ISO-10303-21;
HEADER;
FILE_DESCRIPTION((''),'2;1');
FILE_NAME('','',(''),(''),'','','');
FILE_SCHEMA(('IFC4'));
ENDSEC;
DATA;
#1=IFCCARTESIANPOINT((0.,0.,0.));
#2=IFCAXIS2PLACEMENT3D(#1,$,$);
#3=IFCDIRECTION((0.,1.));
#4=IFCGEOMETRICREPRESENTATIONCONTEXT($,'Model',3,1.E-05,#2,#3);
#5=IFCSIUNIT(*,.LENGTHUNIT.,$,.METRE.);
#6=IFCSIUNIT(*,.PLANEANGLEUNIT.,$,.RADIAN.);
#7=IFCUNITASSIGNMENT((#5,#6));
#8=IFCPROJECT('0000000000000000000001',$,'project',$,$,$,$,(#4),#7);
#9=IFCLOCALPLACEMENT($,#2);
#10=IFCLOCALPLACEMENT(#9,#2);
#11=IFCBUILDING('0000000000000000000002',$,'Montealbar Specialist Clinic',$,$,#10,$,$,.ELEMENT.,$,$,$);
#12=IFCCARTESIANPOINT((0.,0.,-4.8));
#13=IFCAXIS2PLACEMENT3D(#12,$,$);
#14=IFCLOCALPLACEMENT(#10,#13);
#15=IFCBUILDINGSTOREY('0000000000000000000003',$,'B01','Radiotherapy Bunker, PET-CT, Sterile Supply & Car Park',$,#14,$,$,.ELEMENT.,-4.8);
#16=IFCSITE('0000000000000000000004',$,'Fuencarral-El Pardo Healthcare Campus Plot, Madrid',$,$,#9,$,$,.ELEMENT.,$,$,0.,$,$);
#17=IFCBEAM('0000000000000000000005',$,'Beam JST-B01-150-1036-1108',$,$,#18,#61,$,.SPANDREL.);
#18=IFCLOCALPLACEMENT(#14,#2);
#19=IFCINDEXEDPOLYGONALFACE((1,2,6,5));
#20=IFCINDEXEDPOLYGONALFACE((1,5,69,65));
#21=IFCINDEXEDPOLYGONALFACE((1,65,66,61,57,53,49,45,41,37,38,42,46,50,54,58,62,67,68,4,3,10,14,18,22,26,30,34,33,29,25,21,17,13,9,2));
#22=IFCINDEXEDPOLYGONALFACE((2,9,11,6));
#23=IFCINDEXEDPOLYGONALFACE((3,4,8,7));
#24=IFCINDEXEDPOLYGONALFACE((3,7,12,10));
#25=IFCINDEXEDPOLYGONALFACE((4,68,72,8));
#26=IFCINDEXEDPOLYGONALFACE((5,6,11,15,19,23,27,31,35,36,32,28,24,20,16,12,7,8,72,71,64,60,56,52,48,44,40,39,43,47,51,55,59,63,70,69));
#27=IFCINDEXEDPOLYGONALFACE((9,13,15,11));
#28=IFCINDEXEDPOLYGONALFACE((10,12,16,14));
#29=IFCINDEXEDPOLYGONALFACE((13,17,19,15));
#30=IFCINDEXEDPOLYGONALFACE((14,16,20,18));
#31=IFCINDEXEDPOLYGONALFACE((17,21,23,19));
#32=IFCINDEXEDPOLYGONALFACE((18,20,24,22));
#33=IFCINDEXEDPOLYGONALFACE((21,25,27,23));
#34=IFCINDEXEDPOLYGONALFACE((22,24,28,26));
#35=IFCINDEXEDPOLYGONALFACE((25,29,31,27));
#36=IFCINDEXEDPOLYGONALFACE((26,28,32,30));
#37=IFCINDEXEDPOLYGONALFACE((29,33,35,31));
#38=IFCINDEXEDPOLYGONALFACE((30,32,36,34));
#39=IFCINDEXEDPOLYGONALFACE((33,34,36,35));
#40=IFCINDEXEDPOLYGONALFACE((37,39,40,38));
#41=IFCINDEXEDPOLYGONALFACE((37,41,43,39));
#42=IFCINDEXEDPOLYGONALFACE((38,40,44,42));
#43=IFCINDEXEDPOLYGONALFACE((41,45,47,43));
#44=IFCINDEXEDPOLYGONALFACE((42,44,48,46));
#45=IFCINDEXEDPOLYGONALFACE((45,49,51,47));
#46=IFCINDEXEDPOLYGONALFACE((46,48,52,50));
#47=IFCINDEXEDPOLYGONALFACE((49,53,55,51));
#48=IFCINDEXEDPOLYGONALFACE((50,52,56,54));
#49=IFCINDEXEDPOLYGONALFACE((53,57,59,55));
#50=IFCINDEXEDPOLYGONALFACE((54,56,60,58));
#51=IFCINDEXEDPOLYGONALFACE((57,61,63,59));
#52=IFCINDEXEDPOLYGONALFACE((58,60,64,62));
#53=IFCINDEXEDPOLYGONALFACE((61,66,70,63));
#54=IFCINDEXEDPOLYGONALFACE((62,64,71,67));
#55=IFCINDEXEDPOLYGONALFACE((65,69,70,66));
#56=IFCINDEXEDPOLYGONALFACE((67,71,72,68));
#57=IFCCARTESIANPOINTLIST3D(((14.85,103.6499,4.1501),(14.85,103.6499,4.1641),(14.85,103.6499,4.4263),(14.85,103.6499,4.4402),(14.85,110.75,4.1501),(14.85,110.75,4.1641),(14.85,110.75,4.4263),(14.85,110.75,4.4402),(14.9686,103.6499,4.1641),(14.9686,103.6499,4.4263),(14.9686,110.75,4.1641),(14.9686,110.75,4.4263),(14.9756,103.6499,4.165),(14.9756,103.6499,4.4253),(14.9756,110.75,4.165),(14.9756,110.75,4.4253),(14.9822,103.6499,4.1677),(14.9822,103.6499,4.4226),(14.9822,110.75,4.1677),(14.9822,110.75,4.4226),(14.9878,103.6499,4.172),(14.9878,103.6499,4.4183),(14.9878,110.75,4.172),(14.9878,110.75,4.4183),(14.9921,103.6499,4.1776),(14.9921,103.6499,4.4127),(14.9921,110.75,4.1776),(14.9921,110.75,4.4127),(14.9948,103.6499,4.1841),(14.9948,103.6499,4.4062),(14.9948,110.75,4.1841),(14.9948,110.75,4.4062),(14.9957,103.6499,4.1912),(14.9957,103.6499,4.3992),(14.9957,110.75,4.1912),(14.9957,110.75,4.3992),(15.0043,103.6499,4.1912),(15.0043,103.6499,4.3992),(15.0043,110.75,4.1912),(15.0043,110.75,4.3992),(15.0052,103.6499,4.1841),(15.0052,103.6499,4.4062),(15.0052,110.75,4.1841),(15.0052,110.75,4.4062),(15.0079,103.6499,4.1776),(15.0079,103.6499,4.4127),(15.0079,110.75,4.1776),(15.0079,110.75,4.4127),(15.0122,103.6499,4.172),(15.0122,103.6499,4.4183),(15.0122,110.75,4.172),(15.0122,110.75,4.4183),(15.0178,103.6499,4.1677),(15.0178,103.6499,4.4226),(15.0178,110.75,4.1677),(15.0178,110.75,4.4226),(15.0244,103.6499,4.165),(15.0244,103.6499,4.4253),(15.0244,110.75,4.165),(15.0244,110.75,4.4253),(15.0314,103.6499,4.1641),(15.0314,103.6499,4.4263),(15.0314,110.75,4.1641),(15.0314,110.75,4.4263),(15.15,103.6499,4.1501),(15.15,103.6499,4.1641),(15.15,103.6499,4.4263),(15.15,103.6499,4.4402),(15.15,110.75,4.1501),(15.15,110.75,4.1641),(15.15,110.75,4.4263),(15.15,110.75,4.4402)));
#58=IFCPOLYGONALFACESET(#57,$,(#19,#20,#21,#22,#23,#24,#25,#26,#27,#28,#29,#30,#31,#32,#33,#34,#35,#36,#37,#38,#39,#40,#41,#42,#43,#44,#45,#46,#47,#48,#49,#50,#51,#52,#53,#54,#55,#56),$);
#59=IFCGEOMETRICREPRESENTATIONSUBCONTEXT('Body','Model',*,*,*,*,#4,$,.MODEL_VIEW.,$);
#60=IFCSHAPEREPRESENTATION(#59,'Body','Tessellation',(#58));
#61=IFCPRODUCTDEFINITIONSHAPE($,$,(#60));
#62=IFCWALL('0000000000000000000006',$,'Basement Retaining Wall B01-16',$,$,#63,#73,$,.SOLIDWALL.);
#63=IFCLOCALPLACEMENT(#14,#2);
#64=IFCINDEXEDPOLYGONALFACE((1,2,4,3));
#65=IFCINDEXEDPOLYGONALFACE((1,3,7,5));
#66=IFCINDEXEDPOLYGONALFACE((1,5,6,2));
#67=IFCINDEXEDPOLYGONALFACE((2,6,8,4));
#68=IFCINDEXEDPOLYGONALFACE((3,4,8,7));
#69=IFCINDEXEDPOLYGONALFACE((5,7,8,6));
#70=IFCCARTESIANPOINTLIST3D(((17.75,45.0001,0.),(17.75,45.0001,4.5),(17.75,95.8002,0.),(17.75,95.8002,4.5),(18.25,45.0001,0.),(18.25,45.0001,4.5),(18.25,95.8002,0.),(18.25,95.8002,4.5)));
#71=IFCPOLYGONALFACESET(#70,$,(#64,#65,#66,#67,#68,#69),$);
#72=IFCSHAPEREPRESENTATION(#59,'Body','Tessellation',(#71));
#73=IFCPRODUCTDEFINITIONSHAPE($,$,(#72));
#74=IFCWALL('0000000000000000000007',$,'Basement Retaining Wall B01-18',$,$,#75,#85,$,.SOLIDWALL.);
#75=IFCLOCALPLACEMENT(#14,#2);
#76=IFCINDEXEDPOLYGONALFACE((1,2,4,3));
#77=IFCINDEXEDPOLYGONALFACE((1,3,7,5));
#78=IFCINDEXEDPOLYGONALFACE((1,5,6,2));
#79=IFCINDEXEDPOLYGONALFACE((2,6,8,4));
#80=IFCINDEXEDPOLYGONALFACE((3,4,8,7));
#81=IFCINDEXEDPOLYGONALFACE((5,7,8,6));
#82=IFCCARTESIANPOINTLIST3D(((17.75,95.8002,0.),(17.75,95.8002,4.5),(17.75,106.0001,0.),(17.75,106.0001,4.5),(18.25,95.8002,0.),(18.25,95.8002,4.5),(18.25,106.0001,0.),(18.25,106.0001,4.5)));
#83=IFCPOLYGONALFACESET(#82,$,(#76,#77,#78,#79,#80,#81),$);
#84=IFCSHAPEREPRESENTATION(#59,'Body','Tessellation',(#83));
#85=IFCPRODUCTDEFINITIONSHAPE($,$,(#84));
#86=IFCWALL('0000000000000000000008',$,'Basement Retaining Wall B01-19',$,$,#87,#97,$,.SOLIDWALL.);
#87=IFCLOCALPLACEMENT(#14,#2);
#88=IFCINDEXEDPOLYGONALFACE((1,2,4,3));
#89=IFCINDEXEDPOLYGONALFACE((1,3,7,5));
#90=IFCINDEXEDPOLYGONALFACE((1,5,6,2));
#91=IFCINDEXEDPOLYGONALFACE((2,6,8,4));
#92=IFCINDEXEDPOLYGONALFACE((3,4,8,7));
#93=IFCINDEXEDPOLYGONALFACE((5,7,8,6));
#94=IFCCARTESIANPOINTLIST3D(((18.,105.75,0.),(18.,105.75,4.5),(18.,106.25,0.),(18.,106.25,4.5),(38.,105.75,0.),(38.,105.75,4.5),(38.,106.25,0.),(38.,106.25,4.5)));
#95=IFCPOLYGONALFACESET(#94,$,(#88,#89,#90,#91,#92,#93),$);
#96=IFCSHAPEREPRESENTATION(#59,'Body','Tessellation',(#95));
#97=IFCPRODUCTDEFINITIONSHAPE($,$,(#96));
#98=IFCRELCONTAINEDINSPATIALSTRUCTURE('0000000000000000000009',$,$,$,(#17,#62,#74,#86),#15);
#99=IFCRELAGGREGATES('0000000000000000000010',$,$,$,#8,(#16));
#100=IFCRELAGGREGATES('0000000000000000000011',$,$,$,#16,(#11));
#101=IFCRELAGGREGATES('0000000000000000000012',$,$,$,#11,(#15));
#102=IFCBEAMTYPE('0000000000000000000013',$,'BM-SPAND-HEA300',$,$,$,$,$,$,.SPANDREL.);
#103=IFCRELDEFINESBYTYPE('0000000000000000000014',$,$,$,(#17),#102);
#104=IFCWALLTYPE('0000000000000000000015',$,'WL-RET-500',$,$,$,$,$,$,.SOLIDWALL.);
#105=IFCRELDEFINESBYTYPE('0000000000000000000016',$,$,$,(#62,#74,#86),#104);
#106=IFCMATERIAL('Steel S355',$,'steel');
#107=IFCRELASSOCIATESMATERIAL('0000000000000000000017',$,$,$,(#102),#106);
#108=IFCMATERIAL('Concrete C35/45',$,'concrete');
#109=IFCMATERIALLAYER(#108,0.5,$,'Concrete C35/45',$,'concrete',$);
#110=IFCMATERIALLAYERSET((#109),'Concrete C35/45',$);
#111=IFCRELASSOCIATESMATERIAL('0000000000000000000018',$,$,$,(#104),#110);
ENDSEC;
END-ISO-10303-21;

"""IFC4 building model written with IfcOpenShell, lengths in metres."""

from ifc_helpers import new_model, si_unit, direction, frame, frame_2d, origin, origin_2d, place, context, subcontext, project, spatial, rectangle, i_section, extrude, material, layer, layer_set, material_profile, profile_set, type_object, element, save


model = new_model("IFC4")

# Units and contexts
model_context = context("Model", 3, precision=1e-05, world=origin(), true_north=direction((0.0, 1.0)))
body_context = subcontext(model_context, "Body", "Model", "MODEL_VIEW")
ifc_project = project(units=[si_unit("LENGTHUNIT", "METRE"), si_unit("PLANEANGLEUNIT", "RADIAN")], contexts=[model_context])

# Site, building, storey
site_placement = place(None, origin())
site = spatial("IfcSite", under=ifc_project, at=site_placement, Name="Fuencarral-El Pardo Healthcare Campus Plot, Madrid", CompositionType="ELEMENT", RefElevation=0.0)
building_placement = place(site_placement, origin())
building = spatial("IfcBuilding", under=site, at=building_placement, Name="Montealbar Specialist Clinic", CompositionType="ELEMENT")
storey_placement = place(building_placement, frame((0.0, 0.0, -4.8)))
storey = spatial("IfcBuildingStorey", under=building, at=storey_placement, Name="B01", Description="Radiotherapy Bunker, PET-CT, Sterile Supply & Car Park", CompositionType="ELEMENT", Elevation=-4.8)

# Shared definitions
ifc_material_1 = material(Name="Concrete C35/45", Category="concrete")

# Beam
ifc_material_2 = material(Name="Steel S355", Category="steel")
ifc_material_profile_1 = material_profile(ifc_material_2, i_section(OverallWidth=0.3, OverallDepth=0.29, WebThickness=0.0085, FlangeThickness=0.0139, FilletRadius=0.0271, at=origin_2d()), Name="HEA 300", Category="steel")
ifc_profile_set_1 = profile_set([ifc_material_profile_1], Name="Steel S355")
beam_type_1 = type_object("IfcBeamType", Name="BM-SPAND-HEA300", PredefinedType="SPANDREL", material=ifc_profile_set_1)
beam_1_placement = place(storey_placement, frame((15.0, 103.6499, 4.2952), z_axis=(0.0, 1.0, 0.0), x_axis=(-1.0, 0.0, 0.0)))
element("IfcBeam", 1, at=beam_1_placement, inside=storey, type_object=beam_type_1, Name="Beam JST-B01-150-1036-1108", PredefinedType="SPANDREL", context=body_context, shape_type="SweptSolid", body=[
    extrude(i_section(OverallWidth=0.3, OverallDepth=0.29, WebThickness=0.0085, FlangeThickness=0.0139, FilletRadius=0.0271, at=origin_2d()), origin(), (0.0, 0.0, 1.0), 7.1001),
])

# Walls
ifc_layer = layer(ifc_material_1, 0.5, Name="Concrete C35/45", Category="concrete")
ifc_layer_set = layer_set([ifc_layer], Name="Concrete C35/45")
wall_type = type_object("IfcWallType", Name="WL-RET-500", PredefinedType="SOLIDWALL", material=ifc_layer_set)
wall_1_placement = place(storey_placement, frame((18.0, 95.8, 0.0), z_axis=(0.0, 0.0, 1.0), x_axis=(0.0, -1.0, 0.0)))
element("IfcWall", 2, at=wall_1_placement, inside=storey, type_object=wall_type, Name="Basement Retaining Wall B01-16", PredefinedType="SOLIDWALL", context=body_context, shape_type="SweptSolid", body=[
    extrude(rectangle(XDim=50.8, YDim=0.5, at=frame_2d((25.3999, 0.0))), origin(), (0.0, 0.0, 1.0), 4.5),
])
wall_2_placement = place(storey_placement, frame((18.0, 95.8, 0.0), z_axis=(0.0, 0.0, 1.0), x_axis=(0.0, 1.0, 0.0)))
element("IfcWall", 3, at=wall_2_placement, inside=storey, type_object=wall_type, Name="Basement Retaining Wall B01-18", PredefinedType="SOLIDWALL", context=body_context, shape_type="SweptSolid", body=[
    extrude(rectangle(XDim=10.2, YDim=0.5, at=frame_2d((5.1001, 0.0))), origin(), (0.0, 0.0, 1.0), 4.5),
])
wall_3_placement = place(storey_placement, frame((18.0, 106.0, 0.0), z_axis=(0.0, 0.0, 1.0), x_axis=(1.0, 0.0, 0.0)))
element("IfcWall", 4, at=wall_3_placement, inside=storey, type_object=wall_type, Name="Basement Retaining Wall B01-19", PredefinedType="SOLIDWALL", context=body_context, shape_type="SweptSolid", body=[
    extrude(rectangle(XDim=20.0, YDim=0.5, at=frame_2d((10.0, 0.0))), origin(), (0.0, 0.0, 1.0), 4.5),
])

save(model, "model.ifc")
